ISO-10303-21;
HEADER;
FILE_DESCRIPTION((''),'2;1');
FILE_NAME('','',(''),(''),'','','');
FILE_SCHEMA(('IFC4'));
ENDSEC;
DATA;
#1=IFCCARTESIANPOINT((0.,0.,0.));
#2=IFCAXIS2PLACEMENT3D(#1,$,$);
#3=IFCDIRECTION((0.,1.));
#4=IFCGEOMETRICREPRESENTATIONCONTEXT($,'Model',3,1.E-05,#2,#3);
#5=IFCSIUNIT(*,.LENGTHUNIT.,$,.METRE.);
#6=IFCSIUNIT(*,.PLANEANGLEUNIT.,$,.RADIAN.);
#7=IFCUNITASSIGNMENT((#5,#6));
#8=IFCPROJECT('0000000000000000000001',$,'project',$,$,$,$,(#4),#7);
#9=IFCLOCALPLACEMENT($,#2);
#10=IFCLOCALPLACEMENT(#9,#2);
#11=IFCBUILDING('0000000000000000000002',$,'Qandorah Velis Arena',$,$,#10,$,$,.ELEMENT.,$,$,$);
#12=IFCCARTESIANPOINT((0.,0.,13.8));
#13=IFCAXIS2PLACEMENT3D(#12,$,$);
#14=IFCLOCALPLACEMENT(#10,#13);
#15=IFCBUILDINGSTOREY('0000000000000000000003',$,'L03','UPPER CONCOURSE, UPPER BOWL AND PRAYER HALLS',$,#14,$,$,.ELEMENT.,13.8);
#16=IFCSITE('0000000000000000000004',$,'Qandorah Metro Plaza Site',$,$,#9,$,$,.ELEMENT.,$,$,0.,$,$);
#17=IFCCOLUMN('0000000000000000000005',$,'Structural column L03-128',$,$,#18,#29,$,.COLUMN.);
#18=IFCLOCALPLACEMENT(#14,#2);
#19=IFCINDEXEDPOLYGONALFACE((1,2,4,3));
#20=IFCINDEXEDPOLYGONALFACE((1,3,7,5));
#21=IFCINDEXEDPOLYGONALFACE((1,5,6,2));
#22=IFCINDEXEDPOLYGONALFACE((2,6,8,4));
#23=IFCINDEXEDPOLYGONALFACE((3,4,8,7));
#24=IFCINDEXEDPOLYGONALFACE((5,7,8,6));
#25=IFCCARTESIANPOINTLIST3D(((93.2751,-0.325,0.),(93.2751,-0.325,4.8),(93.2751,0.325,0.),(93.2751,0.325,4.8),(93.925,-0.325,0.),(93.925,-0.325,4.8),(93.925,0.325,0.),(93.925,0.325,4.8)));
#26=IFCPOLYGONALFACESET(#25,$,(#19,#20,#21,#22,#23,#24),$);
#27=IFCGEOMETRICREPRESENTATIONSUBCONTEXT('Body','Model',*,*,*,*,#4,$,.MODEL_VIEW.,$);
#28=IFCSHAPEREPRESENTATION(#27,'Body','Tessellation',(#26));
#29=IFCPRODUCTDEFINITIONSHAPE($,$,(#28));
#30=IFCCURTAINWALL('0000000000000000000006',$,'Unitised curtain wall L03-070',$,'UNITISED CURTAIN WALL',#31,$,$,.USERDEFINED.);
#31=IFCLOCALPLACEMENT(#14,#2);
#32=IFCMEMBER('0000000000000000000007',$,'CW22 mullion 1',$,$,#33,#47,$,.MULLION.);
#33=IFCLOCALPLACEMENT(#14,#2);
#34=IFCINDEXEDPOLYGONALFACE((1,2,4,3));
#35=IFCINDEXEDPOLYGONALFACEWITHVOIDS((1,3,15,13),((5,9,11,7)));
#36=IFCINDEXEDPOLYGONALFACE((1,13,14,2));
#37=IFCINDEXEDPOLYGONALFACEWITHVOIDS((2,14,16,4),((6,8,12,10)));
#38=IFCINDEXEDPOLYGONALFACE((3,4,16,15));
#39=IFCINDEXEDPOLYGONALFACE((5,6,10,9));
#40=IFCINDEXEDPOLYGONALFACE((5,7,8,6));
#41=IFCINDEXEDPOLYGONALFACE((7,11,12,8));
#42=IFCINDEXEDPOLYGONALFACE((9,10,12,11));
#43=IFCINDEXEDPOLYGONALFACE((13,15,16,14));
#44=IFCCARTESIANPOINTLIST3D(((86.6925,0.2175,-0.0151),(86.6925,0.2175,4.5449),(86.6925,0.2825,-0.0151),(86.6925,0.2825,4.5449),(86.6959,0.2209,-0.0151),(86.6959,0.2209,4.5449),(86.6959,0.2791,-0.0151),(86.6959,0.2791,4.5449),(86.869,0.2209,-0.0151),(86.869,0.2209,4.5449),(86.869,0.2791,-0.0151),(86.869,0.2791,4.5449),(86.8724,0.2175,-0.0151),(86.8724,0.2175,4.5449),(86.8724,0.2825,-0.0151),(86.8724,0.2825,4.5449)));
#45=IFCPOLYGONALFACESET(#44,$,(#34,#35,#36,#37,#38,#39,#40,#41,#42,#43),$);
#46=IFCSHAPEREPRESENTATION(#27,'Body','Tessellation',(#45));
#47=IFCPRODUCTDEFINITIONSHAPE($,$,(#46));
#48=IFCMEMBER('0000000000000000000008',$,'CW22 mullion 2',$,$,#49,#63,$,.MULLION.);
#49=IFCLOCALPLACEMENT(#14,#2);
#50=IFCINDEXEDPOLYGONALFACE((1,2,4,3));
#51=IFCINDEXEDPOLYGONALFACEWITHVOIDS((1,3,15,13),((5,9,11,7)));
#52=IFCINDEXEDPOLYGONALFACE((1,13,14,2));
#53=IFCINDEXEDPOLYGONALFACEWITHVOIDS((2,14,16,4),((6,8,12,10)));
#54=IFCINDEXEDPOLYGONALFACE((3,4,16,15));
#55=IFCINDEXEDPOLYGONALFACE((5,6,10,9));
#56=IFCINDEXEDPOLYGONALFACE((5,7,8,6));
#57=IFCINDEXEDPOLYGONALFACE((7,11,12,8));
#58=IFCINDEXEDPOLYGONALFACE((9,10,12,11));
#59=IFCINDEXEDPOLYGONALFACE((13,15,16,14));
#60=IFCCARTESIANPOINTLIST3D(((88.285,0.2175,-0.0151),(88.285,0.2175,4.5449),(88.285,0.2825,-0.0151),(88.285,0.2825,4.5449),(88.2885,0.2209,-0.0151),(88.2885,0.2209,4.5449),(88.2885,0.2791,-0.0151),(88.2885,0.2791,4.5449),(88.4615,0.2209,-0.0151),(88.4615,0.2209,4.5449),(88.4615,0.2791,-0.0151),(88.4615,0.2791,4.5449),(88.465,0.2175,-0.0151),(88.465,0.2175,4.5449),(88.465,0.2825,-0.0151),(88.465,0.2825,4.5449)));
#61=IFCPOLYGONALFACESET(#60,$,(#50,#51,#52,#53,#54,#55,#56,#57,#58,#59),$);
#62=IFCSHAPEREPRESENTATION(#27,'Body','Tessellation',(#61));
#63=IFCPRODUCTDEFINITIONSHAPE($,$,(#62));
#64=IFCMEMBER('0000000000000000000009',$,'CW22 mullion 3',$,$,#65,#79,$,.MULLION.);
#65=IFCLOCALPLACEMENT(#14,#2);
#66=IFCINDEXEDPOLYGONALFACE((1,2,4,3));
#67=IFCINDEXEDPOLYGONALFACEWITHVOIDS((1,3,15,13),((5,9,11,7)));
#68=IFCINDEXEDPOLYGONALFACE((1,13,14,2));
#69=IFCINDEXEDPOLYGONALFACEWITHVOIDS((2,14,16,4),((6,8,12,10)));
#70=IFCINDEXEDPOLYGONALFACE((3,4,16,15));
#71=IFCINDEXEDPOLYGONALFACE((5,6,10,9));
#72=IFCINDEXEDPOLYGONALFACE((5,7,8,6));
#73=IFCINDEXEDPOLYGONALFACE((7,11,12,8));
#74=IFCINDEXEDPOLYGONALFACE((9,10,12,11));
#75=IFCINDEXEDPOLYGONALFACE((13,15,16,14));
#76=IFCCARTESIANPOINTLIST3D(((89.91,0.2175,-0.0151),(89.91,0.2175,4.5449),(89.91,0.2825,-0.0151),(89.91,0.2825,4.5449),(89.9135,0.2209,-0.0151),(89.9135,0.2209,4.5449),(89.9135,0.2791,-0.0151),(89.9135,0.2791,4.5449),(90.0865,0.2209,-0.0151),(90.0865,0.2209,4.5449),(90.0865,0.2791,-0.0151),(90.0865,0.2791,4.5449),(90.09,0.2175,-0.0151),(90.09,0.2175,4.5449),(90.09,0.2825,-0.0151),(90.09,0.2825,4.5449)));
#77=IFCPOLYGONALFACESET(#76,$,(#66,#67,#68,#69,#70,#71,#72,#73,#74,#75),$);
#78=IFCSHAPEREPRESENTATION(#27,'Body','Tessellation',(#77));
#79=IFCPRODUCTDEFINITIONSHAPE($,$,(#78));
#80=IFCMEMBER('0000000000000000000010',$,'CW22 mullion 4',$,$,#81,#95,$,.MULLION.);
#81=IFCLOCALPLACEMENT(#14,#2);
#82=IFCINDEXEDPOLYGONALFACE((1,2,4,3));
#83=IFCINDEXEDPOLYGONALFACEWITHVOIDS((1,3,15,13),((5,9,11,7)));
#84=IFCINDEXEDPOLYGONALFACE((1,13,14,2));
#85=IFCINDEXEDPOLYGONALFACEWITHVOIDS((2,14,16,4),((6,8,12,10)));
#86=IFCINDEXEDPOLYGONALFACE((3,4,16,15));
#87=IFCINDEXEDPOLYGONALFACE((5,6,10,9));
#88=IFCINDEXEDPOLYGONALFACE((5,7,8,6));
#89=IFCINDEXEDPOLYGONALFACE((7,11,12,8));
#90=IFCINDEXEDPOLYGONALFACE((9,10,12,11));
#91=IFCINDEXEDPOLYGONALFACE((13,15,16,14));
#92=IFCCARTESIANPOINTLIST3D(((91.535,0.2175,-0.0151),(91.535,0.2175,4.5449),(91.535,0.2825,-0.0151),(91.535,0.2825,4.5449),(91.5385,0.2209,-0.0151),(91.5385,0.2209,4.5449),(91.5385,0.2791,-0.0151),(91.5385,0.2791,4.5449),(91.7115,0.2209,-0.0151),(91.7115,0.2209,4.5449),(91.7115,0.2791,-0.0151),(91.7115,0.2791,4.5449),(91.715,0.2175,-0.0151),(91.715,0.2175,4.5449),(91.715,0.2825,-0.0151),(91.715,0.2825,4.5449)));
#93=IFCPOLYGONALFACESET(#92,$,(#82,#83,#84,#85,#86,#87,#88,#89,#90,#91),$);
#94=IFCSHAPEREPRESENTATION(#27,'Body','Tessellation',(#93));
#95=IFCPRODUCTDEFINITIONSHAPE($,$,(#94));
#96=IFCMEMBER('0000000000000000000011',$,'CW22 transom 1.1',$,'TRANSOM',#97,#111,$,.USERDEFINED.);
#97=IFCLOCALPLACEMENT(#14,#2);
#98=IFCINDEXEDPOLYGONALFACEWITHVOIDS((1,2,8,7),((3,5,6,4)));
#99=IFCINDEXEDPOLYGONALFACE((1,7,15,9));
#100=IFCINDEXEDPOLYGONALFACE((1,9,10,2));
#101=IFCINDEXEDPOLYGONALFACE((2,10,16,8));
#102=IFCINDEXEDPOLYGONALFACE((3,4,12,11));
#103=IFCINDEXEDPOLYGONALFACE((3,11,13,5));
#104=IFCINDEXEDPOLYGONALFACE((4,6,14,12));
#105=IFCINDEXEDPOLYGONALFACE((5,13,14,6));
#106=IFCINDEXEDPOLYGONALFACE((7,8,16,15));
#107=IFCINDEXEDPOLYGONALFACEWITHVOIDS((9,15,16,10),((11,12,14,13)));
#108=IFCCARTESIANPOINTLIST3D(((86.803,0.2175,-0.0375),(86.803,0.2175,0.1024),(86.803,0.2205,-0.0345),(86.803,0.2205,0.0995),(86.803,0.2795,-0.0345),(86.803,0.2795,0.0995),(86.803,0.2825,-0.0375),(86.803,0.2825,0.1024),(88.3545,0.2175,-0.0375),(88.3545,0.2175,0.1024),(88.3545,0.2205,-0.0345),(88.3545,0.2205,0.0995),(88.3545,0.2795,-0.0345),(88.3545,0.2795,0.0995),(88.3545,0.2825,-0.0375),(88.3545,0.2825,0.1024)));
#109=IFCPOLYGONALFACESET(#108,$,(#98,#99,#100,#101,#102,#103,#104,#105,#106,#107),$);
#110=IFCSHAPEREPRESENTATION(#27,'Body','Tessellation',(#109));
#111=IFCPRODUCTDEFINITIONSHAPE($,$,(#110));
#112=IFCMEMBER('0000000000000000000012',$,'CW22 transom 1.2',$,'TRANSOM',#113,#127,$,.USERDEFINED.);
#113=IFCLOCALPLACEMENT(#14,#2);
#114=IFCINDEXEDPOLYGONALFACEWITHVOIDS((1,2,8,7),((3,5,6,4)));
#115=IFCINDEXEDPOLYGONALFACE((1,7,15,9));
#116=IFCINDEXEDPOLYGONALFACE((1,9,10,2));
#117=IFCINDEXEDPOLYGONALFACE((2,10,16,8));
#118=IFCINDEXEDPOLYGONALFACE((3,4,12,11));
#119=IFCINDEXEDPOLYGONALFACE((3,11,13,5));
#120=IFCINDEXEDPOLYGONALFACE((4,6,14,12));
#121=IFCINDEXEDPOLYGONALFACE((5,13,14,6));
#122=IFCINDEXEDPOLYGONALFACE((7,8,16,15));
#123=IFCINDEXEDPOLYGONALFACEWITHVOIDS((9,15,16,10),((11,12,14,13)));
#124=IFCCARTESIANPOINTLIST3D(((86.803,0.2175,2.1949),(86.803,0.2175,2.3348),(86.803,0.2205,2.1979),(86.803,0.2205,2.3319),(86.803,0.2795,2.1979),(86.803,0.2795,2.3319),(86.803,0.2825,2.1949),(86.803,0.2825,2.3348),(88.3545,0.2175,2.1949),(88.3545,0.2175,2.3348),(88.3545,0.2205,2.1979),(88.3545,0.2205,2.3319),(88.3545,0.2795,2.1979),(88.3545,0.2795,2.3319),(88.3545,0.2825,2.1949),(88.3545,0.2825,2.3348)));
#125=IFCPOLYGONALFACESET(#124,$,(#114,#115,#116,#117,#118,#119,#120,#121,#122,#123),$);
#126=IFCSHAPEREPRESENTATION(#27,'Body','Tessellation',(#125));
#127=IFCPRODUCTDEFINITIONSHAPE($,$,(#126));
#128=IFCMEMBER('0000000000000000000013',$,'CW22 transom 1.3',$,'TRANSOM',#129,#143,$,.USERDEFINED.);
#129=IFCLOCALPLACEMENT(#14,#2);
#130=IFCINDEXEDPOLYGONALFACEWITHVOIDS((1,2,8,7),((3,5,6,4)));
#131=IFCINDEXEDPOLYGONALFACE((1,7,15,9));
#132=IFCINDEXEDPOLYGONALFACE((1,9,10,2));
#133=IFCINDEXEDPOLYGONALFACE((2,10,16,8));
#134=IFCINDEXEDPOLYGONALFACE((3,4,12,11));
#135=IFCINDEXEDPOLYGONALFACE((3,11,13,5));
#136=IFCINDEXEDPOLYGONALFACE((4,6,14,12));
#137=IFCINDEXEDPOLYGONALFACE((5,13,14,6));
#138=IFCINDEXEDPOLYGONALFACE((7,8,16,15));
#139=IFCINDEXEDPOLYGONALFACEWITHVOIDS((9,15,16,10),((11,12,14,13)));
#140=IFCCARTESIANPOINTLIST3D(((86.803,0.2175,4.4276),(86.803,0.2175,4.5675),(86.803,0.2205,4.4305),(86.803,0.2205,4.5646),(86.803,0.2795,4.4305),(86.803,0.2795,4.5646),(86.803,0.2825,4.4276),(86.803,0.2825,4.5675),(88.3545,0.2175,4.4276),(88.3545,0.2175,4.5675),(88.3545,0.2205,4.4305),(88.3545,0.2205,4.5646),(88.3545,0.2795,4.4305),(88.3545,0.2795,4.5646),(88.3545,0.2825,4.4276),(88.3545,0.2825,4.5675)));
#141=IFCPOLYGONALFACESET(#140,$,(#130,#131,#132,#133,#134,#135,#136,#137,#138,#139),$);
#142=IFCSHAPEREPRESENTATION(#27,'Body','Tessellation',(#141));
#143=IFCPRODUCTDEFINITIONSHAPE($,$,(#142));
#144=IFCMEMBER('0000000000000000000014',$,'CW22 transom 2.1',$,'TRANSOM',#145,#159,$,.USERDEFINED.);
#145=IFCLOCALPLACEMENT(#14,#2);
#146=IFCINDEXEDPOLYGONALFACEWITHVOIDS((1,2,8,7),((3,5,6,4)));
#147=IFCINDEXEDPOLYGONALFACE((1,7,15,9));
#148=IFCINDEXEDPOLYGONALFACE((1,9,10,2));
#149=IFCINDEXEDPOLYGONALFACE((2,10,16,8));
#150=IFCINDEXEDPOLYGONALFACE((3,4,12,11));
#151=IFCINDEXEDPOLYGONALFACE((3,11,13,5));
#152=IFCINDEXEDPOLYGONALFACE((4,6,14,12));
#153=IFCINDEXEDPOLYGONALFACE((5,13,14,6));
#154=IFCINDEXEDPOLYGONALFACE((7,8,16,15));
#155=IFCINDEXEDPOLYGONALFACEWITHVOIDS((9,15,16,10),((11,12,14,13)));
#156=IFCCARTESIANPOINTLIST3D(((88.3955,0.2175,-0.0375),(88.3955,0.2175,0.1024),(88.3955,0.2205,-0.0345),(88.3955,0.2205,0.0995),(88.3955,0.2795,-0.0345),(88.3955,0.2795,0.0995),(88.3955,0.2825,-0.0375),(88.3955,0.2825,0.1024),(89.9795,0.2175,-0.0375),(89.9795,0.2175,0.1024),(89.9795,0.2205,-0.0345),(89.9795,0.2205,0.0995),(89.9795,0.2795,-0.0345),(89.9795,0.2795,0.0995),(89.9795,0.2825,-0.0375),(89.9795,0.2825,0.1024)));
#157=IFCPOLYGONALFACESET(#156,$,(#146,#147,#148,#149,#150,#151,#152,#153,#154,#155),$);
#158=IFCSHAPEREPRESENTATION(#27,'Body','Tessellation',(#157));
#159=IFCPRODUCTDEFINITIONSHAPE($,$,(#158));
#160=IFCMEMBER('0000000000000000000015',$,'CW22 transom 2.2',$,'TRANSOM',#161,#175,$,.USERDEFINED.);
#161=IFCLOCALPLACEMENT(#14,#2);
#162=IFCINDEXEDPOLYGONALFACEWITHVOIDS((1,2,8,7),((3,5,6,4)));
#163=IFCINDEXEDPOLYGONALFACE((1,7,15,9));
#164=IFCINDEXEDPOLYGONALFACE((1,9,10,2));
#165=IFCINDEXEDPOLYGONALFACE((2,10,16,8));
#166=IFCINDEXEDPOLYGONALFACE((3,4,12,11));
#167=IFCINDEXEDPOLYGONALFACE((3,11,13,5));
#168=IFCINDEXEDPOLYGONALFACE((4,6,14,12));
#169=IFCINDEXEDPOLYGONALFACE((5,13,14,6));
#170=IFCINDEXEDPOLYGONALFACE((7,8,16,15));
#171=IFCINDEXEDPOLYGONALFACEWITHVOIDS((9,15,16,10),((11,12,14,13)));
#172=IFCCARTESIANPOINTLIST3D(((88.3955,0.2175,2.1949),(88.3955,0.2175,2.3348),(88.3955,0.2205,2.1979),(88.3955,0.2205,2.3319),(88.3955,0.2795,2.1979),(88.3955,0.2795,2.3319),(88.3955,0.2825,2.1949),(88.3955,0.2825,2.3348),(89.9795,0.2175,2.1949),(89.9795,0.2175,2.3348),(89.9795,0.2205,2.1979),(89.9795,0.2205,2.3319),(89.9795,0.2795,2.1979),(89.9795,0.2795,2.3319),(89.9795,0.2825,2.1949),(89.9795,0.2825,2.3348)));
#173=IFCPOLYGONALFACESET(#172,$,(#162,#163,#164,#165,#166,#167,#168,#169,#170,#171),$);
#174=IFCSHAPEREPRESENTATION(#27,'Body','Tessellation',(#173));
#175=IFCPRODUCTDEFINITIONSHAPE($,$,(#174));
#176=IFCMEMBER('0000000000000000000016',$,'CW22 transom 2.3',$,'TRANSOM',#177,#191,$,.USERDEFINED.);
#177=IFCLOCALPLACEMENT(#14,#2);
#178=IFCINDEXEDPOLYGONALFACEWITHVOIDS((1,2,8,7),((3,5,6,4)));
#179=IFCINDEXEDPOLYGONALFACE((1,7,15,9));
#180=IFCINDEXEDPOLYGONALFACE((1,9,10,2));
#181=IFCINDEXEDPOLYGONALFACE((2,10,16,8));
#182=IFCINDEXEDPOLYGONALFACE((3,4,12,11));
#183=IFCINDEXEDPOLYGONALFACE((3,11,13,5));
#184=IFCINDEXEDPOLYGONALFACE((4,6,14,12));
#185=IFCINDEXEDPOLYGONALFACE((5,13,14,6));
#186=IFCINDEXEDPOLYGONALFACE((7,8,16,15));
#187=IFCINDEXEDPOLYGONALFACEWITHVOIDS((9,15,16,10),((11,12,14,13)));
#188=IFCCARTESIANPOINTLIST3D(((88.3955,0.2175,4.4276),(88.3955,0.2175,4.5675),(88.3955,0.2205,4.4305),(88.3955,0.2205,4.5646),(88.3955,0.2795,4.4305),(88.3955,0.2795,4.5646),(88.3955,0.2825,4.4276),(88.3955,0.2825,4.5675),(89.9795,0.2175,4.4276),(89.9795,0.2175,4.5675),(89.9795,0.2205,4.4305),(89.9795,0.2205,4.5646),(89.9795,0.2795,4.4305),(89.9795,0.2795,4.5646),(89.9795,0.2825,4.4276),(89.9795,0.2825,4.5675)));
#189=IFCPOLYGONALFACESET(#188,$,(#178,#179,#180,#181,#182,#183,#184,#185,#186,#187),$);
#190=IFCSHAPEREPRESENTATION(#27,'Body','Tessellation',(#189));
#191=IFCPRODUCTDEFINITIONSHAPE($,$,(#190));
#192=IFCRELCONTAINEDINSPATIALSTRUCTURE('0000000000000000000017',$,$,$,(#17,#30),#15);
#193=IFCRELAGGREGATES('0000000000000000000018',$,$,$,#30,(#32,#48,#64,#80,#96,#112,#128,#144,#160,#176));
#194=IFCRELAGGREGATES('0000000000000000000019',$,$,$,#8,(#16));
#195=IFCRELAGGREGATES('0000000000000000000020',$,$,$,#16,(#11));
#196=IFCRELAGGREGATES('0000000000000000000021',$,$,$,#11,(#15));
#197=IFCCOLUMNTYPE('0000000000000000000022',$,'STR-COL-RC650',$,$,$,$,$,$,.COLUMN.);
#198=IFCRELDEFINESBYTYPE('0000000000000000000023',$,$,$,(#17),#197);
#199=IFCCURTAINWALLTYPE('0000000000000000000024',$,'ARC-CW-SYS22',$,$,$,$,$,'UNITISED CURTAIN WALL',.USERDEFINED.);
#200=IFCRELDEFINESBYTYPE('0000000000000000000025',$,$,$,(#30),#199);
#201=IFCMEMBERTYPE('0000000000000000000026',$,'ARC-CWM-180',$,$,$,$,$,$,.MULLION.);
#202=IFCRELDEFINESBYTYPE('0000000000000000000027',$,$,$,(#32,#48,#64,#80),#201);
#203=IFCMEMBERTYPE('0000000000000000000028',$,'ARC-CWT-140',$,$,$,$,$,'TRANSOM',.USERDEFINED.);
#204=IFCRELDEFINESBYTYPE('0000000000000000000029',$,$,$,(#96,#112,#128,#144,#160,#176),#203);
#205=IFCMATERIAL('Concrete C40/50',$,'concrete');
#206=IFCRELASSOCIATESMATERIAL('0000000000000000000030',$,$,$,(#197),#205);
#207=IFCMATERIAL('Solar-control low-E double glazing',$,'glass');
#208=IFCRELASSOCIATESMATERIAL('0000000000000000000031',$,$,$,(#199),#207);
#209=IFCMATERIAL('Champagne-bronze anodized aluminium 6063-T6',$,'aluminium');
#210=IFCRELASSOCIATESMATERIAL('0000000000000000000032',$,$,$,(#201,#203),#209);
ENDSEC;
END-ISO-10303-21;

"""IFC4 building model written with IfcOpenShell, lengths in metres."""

from ifc_helpers import new_model, si_unit, direction, frame, origin, origin_2d, place, context, subcontext, project, spatial, rectangle, hollow_rectangle, extrude, material, material_profile, profile_set, type_object, element, aggregate, save


model = new_model("IFC4")

# Units and contexts
model_context = context("Model", 3, precision=1e-05, world=origin(), true_north=direction((0.0, 1.0)))
body_context = subcontext(model_context, "Body", "Model", "MODEL_VIEW")
ifc_project = project(units=[si_unit("LENGTHUNIT", "METRE"), si_unit("PLANEANGLEUNIT", "RADIAN")], contexts=[model_context])

# Site, building, storey
site_placement = place(None, origin())
site = spatial("IfcSite", under=ifc_project, at=site_placement, Name="Qandorah Metro Plaza Site", CompositionType="ELEMENT", RefElevation=0.0)
building_placement = place(site_placement, origin())
building = spatial("IfcBuilding", under=site, at=building_placement, Name="Qandorah Velis Arena", CompositionType="ELEMENT")
storey_placement = place(building_placement, frame((0.0, 0.0, 13.8)))
storey = spatial("IfcBuildingStorey", under=building, at=storey_placement, Name="L03", Description="UPPER CONCOURSE, UPPER BOWL AND PRAYER HALLS", CompositionType="ELEMENT", Elevation=13.8)

# Column
ifc_material_1 = material(Name="Concrete C40/50", Category="concrete")
ifc_material_profile_1 = material_profile(ifc_material_1, rectangle(XDim=0.6499, YDim=0.6499, at=origin_2d()), Name="RC COL 650x650")
ifc_profile_set_1 = profile_set([ifc_material_profile_1], Name="Concrete C40/50")
column_type = type_object("IfcColumnType", Name="STR-COL-RC650", PredefinedType="COLUMN", material=ifc_profile_set_1)
column_placement = place(storey_placement, frame((93.6001, 0.0, 0.0), z_axis=(0.0, 0.0, 1.0), x_axis=(1.0, 0.0, 0.0)))
element("IfcColumn", 1, at=column_placement, inside=storey, type_object=column_type, Name="Structural column L03-128", PredefinedType="COLUMN", context=body_context, shape_type="SweptSolid", body=[
    extrude(rectangle(XDim=0.6499, YDim=0.6499, at=origin_2d()), origin(), (0.0, 0.0, 1.0), 4.8),
])

# Curtain wall, members
ifc_material_2 = material(Name="Solar-control low-E double glazing", Category="glass")
curtain_wall_type = type_object("IfcCurtainWallType", Name="ARC-CW-SYS22", ElementType="UNITISED CURTAIN WALL", PredefinedType="USERDEFINED", material=ifc_material_2)
curtain_wall_placement = place(storey_placement, origin())
curtain_wall = element("IfcCurtainWall", 2, at=curtain_wall_placement, inside=storey, type_object=curtain_wall_type, Name="Unitised curtain wall L03-070", ObjectType="UNITISED CURTAIN WALL", PredefinedType="USERDEFINED")
ifc_material_3 = material(Name="Champagne-bronze anodized aluminium 6063-T6", Category="aluminium")
ifc_material_profile_2 = material_profile(ifc_material_3, hollow_rectangle(XDim=0.0649, YDim=0.1799, WallThickness=0.0034, at=origin_2d()), Name="ALU MULLION 65x180")
ifc_profile_set_2 = profile_set([ifc_material_profile_2], Name="Champagne-bronze anodized aluminium 6063-T6")
member_type_1 = type_object("IfcMemberType", Name="ARC-CWM-180", PredefinedType="MULLION", material=ifc_profile_set_2)
member_1_placement = place(storey_placement, frame((86.7825, 0.25, -0.0151), z_axis=(0.0, 0.0, 1.0), x_axis=(0.0, 1.0, 0.0)))
member_1 = element("IfcMember", 3, at=member_1_placement, type_object=member_type_1, Name="CW22 mullion 1", PredefinedType="MULLION", context=body_context, shape_type="SweptSolid", body=[
    extrude(hollow_rectangle(XDim=0.0649, YDim=0.1799, WallThickness=0.0034, at=origin_2d()), origin(), (0.0, 0.0, 1.0), 4.5601),
])
member_2_placement = place(storey_placement, frame((88.375, 0.25, -0.0151), z_axis=(0.0, 0.0, 1.0), x_axis=(0.0, 1.0, 0.0)))
member_2 = element("IfcMember", 4, at=member_2_placement, type_object=member_type_1, Name="CW22 mullion 2", PredefinedType="MULLION", context=body_context, shape_type="SweptSolid", body=[
    extrude(hollow_rectangle(XDim=0.0649, YDim=0.1799, WallThickness=0.0034, at=origin_2d()), origin(), (0.0, 0.0, 1.0), 4.5601),
])
member_3_placement = place(storey_placement, frame((90.0, 0.25, -0.0151), z_axis=(0.0, 0.0, 1.0), x_axis=(0.0, 1.0, 0.0)))
member_3 = element("IfcMember", 5, at=member_3_placement, type_object=member_type_1, Name="CW22 mullion 3", PredefinedType="MULLION", context=body_context, shape_type="SweptSolid", body=[
    extrude(hollow_rectangle(XDim=0.0649, YDim=0.1799, WallThickness=0.0034, at=origin_2d()), origin(), (0.0, 0.0, 1.0), 4.5601),
])
member_4_placement = place(storey_placement, frame((91.625, 0.25, -0.0151), z_axis=(0.0, 0.0, 1.0), x_axis=(0.0, 1.0, 0.0)))
member_4 = element("IfcMember", 6, at=member_4_placement, type_object=member_type_1, Name="CW22 mullion 4", PredefinedType="MULLION", context=body_context, shape_type="SweptSolid", body=[
    extrude(hollow_rectangle(XDim=0.0649, YDim=0.1799, WallThickness=0.0034, at=origin_2d()), origin(), (0.0, 0.0, 1.0), 4.5601),
])
ifc_material_profile_3 = material_profile(ifc_material_3, hollow_rectangle(XDim=0.0649, YDim=0.1399, WallThickness=0.0029, at=origin_2d()), Name="ALU TRANSOM 65x140")
ifc_profile_set_3 = profile_set([ifc_material_profile_3], Name="Champagne-bronze anodized aluminium 6063-T6")
member_type_2 = type_object("IfcMemberType", Name="ARC-CWT-140", ElementType="TRANSOM", PredefinedType="USERDEFINED", material=ifc_profile_set_3)
member_5_placement = place(storey_placement, frame((86.803, 0.25, 0.0325), z_axis=(1.0, 0.0, 0.0), x_axis=(0.0, 1.0, 0.0)))
member_5 = element("IfcMember", 7, at=member_5_placement, type_object=member_type_2, Name="CW22 transom 1.1", ObjectType="TRANSOM", PredefinedType="USERDEFINED", context=body_context, shape_type="SweptSolid", body=[
    extrude(hollow_rectangle(XDim=0.0649, YDim=0.1399, WallThickness=0.0029, at=origin_2d()), origin(), (0.0, 0.0, 1.0), 1.5515),
])
member_6_placement = place(storey_placement, frame((86.803, 0.25, 2.2649), z_axis=(1.0, 0.0, 0.0), x_axis=(0.0, 1.0, 0.0)))
member_6 = element("IfcMember", 8, at=member_6_placement, type_object=member_type_2, Name="CW22 transom 1.2", ObjectType="TRANSOM", PredefinedType="USERDEFINED", context=body_context, shape_type="SweptSolid", body=[
    extrude(hollow_rectangle(XDim=0.0649, YDim=0.1399, WallThickness=0.0029, at=origin_2d()), origin(), (0.0, 0.0, 1.0), 1.5515),
])
member_7_placement = place(storey_placement, frame((86.803, 0.25, 4.4976), z_axis=(1.0, 0.0, 0.0), x_axis=(0.0, 1.0, 0.0)))
member_7 = element("IfcMember", 9, at=member_7_placement, type_object=member_type_2, Name="CW22 transom 1.3", ObjectType="TRANSOM", PredefinedType="USERDEFINED", context=body_context, shape_type="SweptSolid", body=[
    extrude(hollow_rectangle(XDim=0.0649, YDim=0.1399, WallThickness=0.0029, at=origin_2d()), origin(), (0.0, 0.0, 1.0), 1.5515),
])
member_8_placement = place(storey_placement, frame((88.3955, 0.25, 0.0325), z_axis=(1.0, 0.0, 0.0), x_axis=(0.0, 1.0, 0.0)))
member_8 = element("IfcMember", 10, at=member_8_placement, type_object=member_type_2, Name="CW22 transom 2.1", ObjectType="TRANSOM", PredefinedType="USERDEFINED", context=body_context, shape_type="SweptSolid", body=[
    extrude(hollow_rectangle(XDim=0.0649, YDim=0.1399, WallThickness=0.0029, at=origin_2d()), origin(), (0.0, 0.0, 1.0), 1.584),
])
member_9_placement = place(storey_placement, frame((88.3955, 0.25, 2.2649), z_axis=(1.0, 0.0, 0.0), x_axis=(0.0, 1.0, 0.0)))
member_9 = element("IfcMember", 11, at=member_9_placement, type_object=member_type_2, Name="CW22 transom 2.2", ObjectType="TRANSOM", PredefinedType="USERDEFINED", context=body_context, shape_type="SweptSolid", body=[
    extrude(hollow_rectangle(XDim=0.0649, YDim=0.1399, WallThickness=0.0029, at=origin_2d()), origin(), (0.0, 0.0, 1.0), 1.584),
])
member_10_placement = place(storey_placement, frame((88.3955, 0.25, 4.4976), z_axis=(1.0, 0.0, 0.0), x_axis=(0.0, 1.0, 0.0)))
member_10 = element("IfcMember", 12, at=member_10_placement, type_object=member_type_2, Name="CW22 transom 2.3", ObjectType="TRANSOM", PredefinedType="USERDEFINED", context=body_context, shape_type="SweptSolid", body=[
    extrude(hollow_rectangle(XDim=0.0649, YDim=0.1399, WallThickness=0.0029, at=origin_2d()), origin(), (0.0, 0.0, 1.0), 1.584),
])

aggregate(curtain_wall, [member_1, member_2, member_3, member_4, member_5, member_6, member_7, member_8, member_9, member_10])

save(model, "model.ifc")
